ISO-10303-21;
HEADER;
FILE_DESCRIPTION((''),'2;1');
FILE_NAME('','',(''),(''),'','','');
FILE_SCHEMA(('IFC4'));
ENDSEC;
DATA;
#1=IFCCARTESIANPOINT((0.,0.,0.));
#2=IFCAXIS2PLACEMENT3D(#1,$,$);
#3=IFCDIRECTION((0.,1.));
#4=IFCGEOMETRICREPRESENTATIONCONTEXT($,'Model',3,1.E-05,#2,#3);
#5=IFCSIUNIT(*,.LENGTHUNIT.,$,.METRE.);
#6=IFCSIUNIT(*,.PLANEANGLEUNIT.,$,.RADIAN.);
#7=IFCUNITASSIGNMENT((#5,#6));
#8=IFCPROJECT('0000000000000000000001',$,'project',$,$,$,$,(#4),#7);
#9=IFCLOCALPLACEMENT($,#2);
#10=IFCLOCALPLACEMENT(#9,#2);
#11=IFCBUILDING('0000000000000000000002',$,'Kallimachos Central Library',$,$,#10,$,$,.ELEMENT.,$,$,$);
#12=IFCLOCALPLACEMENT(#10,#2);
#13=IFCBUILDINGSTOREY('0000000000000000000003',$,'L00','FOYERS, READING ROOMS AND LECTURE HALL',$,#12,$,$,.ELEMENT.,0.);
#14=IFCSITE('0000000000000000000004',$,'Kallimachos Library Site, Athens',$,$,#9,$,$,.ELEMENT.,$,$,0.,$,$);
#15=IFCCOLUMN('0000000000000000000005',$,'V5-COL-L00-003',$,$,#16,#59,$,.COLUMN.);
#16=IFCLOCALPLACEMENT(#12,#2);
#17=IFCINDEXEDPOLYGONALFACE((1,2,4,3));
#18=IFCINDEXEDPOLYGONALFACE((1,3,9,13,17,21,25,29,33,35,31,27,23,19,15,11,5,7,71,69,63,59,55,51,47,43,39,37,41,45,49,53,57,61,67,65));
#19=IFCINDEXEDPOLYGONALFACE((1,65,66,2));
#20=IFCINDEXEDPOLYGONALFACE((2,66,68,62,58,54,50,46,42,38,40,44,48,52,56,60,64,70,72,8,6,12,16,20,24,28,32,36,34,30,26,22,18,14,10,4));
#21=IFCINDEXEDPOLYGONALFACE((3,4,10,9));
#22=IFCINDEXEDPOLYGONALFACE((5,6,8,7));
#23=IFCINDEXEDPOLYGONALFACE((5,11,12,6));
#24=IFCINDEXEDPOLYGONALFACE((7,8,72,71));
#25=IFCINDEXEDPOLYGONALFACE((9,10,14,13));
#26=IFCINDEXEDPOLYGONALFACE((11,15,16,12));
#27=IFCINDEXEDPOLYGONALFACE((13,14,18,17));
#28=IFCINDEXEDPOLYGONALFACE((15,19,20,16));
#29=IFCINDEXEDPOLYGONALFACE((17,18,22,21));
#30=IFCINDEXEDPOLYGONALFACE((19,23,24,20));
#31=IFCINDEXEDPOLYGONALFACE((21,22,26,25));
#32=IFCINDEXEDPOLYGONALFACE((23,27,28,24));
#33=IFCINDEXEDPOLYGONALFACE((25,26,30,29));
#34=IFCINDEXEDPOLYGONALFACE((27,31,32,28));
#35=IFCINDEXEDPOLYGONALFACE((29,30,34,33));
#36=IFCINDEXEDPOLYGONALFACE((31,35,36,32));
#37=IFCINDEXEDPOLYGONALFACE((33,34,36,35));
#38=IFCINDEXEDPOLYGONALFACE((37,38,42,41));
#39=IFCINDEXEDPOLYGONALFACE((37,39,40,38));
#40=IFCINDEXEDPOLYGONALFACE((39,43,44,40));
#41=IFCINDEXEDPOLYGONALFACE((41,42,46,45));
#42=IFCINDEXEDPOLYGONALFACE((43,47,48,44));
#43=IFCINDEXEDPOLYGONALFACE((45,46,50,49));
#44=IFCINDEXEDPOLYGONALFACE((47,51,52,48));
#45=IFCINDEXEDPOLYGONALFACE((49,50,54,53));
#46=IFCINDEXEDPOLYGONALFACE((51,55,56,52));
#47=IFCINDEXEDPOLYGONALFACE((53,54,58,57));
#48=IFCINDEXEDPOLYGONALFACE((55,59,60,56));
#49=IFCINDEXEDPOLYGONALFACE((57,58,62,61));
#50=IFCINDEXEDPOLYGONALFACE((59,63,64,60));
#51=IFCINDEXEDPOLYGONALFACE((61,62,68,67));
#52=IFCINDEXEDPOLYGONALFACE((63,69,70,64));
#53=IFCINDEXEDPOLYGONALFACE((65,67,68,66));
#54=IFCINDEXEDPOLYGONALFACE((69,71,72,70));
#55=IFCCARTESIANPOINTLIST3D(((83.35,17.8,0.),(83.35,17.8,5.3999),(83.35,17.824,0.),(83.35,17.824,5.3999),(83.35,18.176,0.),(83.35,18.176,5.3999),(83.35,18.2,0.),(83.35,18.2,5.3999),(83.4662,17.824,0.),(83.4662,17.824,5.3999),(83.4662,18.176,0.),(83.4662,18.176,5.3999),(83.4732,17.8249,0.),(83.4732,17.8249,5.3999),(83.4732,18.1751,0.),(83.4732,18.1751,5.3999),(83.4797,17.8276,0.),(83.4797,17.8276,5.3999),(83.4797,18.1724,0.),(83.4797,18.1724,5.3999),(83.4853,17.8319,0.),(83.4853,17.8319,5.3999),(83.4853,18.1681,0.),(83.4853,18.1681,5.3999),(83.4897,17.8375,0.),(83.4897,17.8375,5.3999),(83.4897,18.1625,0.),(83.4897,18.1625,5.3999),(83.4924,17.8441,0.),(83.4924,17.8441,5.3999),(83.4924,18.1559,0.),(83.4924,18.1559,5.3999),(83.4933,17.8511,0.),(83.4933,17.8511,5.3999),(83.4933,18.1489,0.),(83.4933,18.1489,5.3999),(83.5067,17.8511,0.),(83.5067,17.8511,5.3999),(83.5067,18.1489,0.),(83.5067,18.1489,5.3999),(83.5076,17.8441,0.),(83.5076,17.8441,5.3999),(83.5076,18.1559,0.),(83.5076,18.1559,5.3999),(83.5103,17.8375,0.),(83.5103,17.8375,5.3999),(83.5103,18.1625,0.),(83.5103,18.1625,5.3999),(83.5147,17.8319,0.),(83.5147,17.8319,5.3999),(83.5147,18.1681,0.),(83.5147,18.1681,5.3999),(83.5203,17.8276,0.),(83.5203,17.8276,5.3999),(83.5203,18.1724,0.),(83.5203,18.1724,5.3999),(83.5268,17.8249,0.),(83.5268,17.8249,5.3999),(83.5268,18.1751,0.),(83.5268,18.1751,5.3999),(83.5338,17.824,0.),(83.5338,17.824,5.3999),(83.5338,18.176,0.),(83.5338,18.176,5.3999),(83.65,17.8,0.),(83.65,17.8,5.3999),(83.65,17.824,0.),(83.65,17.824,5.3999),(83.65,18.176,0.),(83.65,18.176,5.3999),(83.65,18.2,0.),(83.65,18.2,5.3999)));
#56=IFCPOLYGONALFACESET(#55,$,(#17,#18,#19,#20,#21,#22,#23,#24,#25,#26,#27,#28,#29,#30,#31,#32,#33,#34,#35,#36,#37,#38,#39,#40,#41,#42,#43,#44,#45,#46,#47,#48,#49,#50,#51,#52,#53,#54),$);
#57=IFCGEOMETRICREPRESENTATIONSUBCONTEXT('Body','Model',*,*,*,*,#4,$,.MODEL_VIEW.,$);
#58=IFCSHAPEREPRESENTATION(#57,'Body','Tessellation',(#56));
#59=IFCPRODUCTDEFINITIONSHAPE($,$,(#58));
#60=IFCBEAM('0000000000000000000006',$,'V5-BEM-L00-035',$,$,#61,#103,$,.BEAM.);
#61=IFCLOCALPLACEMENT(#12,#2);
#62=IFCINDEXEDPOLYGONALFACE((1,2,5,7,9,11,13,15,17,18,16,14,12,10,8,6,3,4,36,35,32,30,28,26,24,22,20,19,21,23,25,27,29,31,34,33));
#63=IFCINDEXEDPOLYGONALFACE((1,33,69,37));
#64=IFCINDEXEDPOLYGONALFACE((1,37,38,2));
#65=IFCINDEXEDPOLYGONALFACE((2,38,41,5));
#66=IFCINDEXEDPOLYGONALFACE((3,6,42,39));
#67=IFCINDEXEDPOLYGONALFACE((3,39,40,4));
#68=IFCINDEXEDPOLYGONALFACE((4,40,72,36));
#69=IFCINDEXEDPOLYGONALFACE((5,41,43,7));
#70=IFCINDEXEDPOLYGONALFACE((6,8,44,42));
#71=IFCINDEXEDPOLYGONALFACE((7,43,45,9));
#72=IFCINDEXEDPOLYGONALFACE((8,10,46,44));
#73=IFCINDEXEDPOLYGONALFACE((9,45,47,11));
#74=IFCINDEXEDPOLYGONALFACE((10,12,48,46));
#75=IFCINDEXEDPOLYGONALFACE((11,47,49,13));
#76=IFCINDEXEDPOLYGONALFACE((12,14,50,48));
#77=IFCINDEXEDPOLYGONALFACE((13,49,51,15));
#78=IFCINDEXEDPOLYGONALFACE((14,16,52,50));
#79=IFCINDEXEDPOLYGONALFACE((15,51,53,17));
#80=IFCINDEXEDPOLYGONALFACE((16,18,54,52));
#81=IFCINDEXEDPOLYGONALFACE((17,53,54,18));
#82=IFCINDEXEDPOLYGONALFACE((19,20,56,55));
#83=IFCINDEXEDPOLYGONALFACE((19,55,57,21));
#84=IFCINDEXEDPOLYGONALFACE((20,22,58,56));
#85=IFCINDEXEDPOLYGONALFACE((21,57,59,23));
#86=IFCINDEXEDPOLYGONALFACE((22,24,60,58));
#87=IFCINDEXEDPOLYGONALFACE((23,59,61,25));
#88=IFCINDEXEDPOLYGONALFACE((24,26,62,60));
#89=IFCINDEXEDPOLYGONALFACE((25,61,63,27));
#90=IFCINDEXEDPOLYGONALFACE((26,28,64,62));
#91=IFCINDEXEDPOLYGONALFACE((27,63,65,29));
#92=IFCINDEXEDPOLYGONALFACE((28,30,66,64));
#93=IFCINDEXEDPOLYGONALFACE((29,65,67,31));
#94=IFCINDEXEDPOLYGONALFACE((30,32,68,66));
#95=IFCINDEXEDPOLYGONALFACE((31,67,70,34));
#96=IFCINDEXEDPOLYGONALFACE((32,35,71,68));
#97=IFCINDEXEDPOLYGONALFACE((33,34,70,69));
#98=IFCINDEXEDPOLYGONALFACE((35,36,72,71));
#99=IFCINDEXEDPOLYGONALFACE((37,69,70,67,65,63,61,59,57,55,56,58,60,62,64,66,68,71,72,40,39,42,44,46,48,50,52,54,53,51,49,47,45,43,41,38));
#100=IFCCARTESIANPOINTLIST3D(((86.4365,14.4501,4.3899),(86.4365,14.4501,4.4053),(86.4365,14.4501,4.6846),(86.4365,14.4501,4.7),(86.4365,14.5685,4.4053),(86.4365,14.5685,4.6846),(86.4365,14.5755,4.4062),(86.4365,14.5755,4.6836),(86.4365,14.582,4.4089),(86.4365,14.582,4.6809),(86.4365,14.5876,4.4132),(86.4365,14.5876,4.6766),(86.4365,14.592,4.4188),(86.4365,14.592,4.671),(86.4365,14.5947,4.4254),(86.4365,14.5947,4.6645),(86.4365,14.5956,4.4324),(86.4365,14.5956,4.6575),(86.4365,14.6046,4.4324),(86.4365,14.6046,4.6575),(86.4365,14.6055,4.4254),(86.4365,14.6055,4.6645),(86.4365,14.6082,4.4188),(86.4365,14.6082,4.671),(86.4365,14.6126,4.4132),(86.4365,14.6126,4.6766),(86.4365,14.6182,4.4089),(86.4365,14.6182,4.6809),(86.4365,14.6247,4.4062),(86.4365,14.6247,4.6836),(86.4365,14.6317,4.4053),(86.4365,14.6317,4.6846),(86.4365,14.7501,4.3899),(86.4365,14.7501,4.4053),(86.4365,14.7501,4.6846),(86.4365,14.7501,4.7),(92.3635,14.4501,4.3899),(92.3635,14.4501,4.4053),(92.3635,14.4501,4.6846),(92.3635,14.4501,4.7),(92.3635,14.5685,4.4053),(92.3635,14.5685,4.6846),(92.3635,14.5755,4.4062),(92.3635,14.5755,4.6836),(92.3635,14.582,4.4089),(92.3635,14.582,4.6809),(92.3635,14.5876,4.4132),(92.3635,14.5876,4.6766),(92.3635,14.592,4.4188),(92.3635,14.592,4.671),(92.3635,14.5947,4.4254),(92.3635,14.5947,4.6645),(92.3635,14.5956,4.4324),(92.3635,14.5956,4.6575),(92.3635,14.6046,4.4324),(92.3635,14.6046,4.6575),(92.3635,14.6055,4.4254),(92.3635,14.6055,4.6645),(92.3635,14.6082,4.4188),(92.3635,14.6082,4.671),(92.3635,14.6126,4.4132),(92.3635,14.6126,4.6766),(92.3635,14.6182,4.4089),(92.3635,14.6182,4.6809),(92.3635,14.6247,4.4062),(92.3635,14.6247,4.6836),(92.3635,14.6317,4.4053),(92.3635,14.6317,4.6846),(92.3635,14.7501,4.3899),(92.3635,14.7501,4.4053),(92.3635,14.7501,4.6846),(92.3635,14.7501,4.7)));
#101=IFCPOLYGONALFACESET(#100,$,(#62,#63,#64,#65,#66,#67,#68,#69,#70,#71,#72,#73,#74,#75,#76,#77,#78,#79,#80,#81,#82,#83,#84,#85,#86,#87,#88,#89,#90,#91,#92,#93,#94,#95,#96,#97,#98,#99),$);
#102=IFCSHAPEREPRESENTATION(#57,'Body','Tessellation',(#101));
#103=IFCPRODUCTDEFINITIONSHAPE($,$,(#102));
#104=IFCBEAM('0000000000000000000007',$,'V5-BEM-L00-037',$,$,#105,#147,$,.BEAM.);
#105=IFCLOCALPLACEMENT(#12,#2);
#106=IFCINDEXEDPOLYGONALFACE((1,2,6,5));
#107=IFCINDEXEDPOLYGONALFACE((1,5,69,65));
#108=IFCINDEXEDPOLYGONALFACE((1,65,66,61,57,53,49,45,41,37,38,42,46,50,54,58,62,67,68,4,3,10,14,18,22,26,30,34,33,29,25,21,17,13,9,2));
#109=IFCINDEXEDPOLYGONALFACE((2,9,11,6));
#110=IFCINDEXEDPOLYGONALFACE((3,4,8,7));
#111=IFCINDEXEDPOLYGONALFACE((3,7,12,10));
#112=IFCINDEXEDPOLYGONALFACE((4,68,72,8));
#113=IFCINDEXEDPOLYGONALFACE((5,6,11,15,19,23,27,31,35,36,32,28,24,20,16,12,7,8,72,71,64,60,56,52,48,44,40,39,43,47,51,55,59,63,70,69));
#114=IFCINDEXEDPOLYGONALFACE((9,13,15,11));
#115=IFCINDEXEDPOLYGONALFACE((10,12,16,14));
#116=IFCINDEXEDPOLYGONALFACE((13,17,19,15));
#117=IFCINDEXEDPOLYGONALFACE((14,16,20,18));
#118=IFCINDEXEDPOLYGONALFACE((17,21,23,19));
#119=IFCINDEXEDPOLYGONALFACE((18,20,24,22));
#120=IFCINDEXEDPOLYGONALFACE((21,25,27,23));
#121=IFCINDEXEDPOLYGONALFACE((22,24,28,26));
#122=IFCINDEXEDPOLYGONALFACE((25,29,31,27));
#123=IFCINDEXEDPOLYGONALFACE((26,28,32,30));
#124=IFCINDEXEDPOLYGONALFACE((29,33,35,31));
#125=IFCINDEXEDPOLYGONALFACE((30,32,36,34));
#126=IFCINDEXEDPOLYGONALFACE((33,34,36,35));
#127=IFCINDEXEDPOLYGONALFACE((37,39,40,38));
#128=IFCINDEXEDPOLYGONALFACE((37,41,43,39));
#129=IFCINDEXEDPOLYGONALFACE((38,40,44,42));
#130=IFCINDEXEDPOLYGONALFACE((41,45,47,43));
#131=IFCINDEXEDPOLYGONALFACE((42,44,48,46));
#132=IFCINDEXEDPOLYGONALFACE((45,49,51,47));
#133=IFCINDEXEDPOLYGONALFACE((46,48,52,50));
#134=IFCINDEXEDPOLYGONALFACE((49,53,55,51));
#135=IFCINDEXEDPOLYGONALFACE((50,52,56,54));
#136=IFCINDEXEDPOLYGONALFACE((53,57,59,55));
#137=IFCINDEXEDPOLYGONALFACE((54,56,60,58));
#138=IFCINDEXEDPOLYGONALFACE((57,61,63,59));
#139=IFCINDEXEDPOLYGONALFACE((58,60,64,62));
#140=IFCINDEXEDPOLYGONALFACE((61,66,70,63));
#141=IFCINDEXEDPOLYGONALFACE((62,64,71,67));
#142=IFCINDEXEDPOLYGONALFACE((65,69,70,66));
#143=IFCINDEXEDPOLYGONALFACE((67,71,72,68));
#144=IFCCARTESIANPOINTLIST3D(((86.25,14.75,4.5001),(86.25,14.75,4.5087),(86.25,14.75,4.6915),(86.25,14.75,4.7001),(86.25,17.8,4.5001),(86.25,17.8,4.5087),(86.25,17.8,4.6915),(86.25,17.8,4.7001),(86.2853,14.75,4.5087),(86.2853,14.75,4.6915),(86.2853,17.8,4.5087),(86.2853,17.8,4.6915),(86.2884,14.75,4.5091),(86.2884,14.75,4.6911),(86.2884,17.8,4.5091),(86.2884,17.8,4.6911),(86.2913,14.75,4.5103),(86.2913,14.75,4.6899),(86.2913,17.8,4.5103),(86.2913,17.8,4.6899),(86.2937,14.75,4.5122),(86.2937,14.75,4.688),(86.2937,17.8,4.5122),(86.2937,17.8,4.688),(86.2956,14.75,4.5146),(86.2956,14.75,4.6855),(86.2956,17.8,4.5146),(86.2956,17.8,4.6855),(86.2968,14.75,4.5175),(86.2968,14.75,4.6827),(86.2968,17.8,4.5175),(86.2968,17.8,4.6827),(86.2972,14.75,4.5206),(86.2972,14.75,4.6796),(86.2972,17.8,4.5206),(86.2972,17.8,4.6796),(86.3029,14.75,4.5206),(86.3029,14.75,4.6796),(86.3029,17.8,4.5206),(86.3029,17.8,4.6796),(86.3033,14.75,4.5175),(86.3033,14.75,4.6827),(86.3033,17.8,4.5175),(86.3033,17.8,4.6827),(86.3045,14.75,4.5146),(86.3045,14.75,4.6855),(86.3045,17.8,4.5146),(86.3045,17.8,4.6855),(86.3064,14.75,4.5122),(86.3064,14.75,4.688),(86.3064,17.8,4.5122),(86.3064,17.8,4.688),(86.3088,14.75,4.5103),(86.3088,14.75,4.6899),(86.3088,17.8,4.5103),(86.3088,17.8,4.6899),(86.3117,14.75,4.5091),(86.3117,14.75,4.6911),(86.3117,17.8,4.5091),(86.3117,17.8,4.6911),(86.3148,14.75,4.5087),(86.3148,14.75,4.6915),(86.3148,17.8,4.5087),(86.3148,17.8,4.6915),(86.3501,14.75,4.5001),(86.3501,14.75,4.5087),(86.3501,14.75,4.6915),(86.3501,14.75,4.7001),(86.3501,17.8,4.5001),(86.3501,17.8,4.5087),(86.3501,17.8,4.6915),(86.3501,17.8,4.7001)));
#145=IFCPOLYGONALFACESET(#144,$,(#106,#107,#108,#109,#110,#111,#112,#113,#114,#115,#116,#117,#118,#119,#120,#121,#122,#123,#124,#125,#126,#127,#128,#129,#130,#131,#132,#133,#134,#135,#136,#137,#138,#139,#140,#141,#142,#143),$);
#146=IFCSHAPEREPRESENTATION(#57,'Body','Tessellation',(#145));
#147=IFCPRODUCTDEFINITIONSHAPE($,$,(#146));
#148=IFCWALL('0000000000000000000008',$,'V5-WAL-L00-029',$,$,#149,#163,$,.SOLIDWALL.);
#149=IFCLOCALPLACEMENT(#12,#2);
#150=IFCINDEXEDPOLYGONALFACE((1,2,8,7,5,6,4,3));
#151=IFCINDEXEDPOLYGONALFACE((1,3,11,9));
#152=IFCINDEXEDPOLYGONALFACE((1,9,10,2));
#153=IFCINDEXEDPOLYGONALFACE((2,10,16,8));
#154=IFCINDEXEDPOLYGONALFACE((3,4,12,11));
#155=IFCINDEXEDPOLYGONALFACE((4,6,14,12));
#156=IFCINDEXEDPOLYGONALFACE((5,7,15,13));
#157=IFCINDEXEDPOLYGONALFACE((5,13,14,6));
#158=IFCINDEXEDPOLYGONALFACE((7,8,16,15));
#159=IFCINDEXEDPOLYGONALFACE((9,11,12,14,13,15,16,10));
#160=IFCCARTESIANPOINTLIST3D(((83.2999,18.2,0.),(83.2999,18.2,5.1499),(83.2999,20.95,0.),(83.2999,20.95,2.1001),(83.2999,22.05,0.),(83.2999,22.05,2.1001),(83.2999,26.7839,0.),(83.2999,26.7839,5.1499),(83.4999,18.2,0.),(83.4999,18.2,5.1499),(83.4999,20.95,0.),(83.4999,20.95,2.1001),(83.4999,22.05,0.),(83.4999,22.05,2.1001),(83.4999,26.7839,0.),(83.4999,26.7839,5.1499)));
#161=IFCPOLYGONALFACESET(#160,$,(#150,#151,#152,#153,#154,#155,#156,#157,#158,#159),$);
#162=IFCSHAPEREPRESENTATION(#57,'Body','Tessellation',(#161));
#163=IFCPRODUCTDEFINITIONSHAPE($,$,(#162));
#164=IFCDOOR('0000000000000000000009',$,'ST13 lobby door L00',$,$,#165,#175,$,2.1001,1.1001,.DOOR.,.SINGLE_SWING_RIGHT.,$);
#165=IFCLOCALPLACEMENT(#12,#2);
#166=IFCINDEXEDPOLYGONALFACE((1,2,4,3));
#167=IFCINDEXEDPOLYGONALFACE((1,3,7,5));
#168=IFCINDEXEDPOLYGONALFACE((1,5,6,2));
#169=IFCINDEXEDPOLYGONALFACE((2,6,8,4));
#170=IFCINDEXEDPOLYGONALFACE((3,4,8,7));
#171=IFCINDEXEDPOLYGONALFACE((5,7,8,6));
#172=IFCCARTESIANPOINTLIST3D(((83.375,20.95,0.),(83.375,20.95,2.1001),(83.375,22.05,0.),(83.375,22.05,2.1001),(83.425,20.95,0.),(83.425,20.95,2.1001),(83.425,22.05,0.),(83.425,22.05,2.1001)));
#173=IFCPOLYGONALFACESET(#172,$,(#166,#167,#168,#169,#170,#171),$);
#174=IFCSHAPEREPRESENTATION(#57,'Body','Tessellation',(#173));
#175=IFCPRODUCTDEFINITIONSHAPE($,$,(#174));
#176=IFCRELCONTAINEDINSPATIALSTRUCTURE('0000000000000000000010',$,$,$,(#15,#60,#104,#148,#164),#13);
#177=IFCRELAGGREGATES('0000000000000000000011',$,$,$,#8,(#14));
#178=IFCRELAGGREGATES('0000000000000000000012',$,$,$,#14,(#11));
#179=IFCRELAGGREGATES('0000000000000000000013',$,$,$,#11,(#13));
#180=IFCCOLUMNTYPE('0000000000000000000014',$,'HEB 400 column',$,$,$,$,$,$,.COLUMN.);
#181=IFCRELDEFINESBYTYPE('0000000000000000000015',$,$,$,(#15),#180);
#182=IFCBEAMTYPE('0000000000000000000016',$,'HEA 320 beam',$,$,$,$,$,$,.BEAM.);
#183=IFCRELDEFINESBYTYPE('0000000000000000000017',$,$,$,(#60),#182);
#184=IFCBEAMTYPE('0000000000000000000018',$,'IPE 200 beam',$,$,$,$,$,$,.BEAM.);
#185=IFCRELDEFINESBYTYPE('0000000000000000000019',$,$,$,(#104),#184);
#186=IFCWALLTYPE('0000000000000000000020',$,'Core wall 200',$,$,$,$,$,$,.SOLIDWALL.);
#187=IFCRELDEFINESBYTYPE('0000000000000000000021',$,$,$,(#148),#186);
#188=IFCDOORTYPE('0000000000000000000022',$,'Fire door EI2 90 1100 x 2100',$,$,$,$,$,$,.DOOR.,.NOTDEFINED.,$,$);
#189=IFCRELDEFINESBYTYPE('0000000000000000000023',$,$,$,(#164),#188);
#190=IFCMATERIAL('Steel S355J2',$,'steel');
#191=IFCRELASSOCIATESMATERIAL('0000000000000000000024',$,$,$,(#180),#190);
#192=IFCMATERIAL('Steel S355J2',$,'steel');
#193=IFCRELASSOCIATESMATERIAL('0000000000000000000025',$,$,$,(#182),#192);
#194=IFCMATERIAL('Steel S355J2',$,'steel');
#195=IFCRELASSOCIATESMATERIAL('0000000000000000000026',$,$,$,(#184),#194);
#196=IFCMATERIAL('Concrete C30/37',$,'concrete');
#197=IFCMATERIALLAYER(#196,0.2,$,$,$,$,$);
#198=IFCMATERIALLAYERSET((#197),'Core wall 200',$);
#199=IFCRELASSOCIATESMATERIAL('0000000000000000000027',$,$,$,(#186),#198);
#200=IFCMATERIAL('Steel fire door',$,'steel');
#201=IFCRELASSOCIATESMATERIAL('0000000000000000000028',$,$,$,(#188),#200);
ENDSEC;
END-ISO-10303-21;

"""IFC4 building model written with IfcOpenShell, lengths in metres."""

from ifc_helpers import new_model, si_unit, direction, frame, frame_2d, origin, origin_2d, place, context, subcontext, project, spatial, rectangle, i_section, extrude, material, layer, layer_set, material_profile, profile_set, type_object, element, fill, save


model = new_model("IFC4")

# Units and contexts
model_context = context("Model", 3, precision=1e-05, world=origin(), true_north=direction((0.0, 1.0)))
body_context = subcontext(model_context, "Body", "Model", "MODEL_VIEW")
ifc_project = project(units=[si_unit("LENGTHUNIT", "METRE"), si_unit("PLANEANGLEUNIT", "RADIAN")], contexts=[model_context])

# Site, building, storey
site_placement = place(None, origin())
site = spatial("IfcSite", under=ifc_project, at=site_placement, Name="Kallimachos Library Site, Athens", CompositionType="ELEMENT", RefElevation=0.0)
building_placement = place(site_placement, origin())
building = spatial("IfcBuilding", under=site, at=building_placement, Name="Kallimachos Central Library", CompositionType="ELEMENT")
storey_placement = place(building_placement, origin())
storey = spatial("IfcBuildingStorey", under=building, at=storey_placement, Name="L00", Description="FOYERS, READING ROOMS AND LECTURE HALL", CompositionType="ELEMENT", Elevation=0.0)

# Column
ifc_material_1 = material(Name="Steel S355J2", Category="steel")
ifc_material_profile_1 = material_profile(ifc_material_1, i_section(OverallWidth=0.3, OverallDepth=0.3999, WebThickness=0.0134, FlangeThickness=0.0239, FilletRadius=0.0271, at=origin_2d()), Name="HEB 400")
ifc_profile_set_1 = profile_set([ifc_material_profile_1], Name="Steel S355J2")
column_type_1 = type_object("IfcColumnType", Name="HEB 400 column", PredefinedType="COLUMN", material=ifc_profile_set_1)
column_1_placement = place(storey_placement, frame((83.5, 18.0, 0.0), z_axis=(0.0, 0.0, 1.0), x_axis=(1.0, 0.0, 0.0)))
element("IfcColumn", 1, at=column_1_placement, inside=storey, type_object=column_type_1, Name="V5-COL-L00-003", PredefinedType="COLUMN", context=body_context, shape_type="SweptSolid", body=[
    extrude(i_section(OverallWidth=0.3, OverallDepth=0.3999, WebThickness=0.0134, FlangeThickness=0.0239, FilletRadius=0.0271, at=origin_2d()), origin(), (0.0, 0.0, 1.0), 5.3999),
])

# Beams
ifc_material_2 = material(Name="Steel S355J2", Category="steel")
ifc_material_profile_2 = material_profile(ifc_material_2, i_section(OverallWidth=0.3, OverallDepth=0.3101, WebThickness=0.009, FlangeThickness=0.0154, FilletRadius=0.0271, at=origin_2d()), Name="HEA 320")
ifc_profile_set_2 = profile_set([ifc_material_profile_2], Name="Steel S355J2")
beam_type_1 = type_object("IfcBeamType", Name="HEA 320 beam", PredefinedType="BEAM", material=ifc_profile_set_2)
beam_1_placement = place(storey_placement, frame((86.4365, 14.6001, 4.5449), z_axis=(1.0, 0.0, 0.0), x_axis=(0.0, 1.0, 0.0)))
element("IfcBeam", 2, at=beam_1_placement, inside=storey, type_object=beam_type_1, Name="V5-BEM-L00-035", PredefinedType="BEAM", context=body_context, shape_type="SweptSolid", body=[
    extrude(i_section(OverallWidth=0.3, OverallDepth=0.3101, WebThickness=0.009, FlangeThickness=0.0154, FilletRadius=0.0271, at=origin_2d()), origin(), (0.0, 0.0, 1.0), 5.927),
])
ifc_material_3 = material(Name="Steel S355J2", Category="steel")
ifc_material_profile_3 = material_profile(ifc_material_3, i_section(OverallWidth=0.1001, OverallDepth=0.2, WebThickness=0.0056, FlangeThickness=0.0085, FilletRadius=0.012, at=origin_2d()), Name="IPE 200")
ifc_profile_set_3 = profile_set([ifc_material_profile_3], Name="Steel S355J2")
beam_type_2 = type_object("IfcBeamType", Name="IPE 200 beam", PredefinedType="BEAM", material=ifc_profile_set_3)
beam_2_placement = place(storey_placement, frame((86.3, 14.75, 4.6001), z_axis=(0.0, 1.0, 0.0), x_axis=(-1.0, 0.0, 0.0)))
element("IfcBeam", 3, at=beam_2_placement, inside=storey, type_object=beam_type_2, Name="V5-BEM-L00-037", PredefinedType="BEAM", context=body_context, shape_type="SweptSolid", body=[
    extrude(i_section(OverallWidth=0.1001, OverallDepth=0.2, WebThickness=0.0056, FlangeThickness=0.0085, FilletRadius=0.012, at=origin_2d()), origin(), (0.0, 0.0, 1.0), 3.05),
])

# Wall, opening, door
ifc_material_4 = material(Name="Concrete C30/37", Category="concrete")
ifc_layer_1 = layer(ifc_material_4, 0.2)
ifc_layer_set_1 = layer_set([ifc_layer_1], Name="Core wall 200")
wall_type_1 = type_object("IfcWallType", Name="Core wall 200", PredefinedType="SOLIDWALL", material=ifc_layer_set_1)
wall_1_placement = place(storey_placement, frame((83.3999, 18.2, 0.0), z_axis=(0.0, 0.0, 1.0), x_axis=(0.0, 1.0, 0.0)))
wall_1 = element("IfcWall", 4, at=wall_1_placement, inside=storey, type_object=wall_type_1, Name="V5-WAL-L00-029", PredefinedType="SOLIDWALL", context=body_context, shape_type="SweptSolid", body=[
    extrude(rectangle(XDim=8.584, YDim=0.2, at=frame_2d((4.292, 0.0))), origin(), (0.0, 0.0, 1.0), 5.1499),
])
opening_1_placement = place(wall_1_placement, frame((2.75, 0.0, 0.0)))
opening_1 = element("IfcOpeningElement", 5, at=opening_1_placement, cuts=wall_1, PredefinedType="OPENING", context=body_context, shape_type="SweptSolid", body=[
    extrude(rectangle(XDim=1.1001, YDim=2.1001, at=frame_2d((0.55, 1.05))), frame((0.0, 0.1099, 0.0), z_axis=(0.0, -1.0, 0.0), x_axis=(1.0, 0.0, 0.0)), (0.0, 0.0, 1.0), 0.22),
])
ifc_material_5 = material(Name="Steel fire door", Category="steel")
door_type_1 = type_object("IfcDoorType", Name="Fire door EI2 90 1100 x 2100", OperationType="NOTDEFINED", PredefinedType="DOOR", material=ifc_material_5)
door_1_placement = place(opening_1_placement, origin())
door_1 = element("IfcDoor", 6, at=door_1_placement, inside=storey, type_object=door_type_1, Name="ST13 lobby door L00", OperationType="SINGLE_SWING_RIGHT", OverallHeight=2.1001, OverallWidth=1.1001, PredefinedType="DOOR", context=body_context, shape_type="SweptSolid", body=[
    extrude(rectangle(XDim=1.1001, YDim=2.1001, at=frame_2d((0.55, 1.05))), frame((0.0, 0.0249, 0.0), z_axis=(0.0, -1.0, 0.0), x_axis=(1.0, 0.0, 0.0)), (0.0, 0.0, 1.0), 0.05),
])
fill(opening_1, door_1)

save(model, "model.ifc")
